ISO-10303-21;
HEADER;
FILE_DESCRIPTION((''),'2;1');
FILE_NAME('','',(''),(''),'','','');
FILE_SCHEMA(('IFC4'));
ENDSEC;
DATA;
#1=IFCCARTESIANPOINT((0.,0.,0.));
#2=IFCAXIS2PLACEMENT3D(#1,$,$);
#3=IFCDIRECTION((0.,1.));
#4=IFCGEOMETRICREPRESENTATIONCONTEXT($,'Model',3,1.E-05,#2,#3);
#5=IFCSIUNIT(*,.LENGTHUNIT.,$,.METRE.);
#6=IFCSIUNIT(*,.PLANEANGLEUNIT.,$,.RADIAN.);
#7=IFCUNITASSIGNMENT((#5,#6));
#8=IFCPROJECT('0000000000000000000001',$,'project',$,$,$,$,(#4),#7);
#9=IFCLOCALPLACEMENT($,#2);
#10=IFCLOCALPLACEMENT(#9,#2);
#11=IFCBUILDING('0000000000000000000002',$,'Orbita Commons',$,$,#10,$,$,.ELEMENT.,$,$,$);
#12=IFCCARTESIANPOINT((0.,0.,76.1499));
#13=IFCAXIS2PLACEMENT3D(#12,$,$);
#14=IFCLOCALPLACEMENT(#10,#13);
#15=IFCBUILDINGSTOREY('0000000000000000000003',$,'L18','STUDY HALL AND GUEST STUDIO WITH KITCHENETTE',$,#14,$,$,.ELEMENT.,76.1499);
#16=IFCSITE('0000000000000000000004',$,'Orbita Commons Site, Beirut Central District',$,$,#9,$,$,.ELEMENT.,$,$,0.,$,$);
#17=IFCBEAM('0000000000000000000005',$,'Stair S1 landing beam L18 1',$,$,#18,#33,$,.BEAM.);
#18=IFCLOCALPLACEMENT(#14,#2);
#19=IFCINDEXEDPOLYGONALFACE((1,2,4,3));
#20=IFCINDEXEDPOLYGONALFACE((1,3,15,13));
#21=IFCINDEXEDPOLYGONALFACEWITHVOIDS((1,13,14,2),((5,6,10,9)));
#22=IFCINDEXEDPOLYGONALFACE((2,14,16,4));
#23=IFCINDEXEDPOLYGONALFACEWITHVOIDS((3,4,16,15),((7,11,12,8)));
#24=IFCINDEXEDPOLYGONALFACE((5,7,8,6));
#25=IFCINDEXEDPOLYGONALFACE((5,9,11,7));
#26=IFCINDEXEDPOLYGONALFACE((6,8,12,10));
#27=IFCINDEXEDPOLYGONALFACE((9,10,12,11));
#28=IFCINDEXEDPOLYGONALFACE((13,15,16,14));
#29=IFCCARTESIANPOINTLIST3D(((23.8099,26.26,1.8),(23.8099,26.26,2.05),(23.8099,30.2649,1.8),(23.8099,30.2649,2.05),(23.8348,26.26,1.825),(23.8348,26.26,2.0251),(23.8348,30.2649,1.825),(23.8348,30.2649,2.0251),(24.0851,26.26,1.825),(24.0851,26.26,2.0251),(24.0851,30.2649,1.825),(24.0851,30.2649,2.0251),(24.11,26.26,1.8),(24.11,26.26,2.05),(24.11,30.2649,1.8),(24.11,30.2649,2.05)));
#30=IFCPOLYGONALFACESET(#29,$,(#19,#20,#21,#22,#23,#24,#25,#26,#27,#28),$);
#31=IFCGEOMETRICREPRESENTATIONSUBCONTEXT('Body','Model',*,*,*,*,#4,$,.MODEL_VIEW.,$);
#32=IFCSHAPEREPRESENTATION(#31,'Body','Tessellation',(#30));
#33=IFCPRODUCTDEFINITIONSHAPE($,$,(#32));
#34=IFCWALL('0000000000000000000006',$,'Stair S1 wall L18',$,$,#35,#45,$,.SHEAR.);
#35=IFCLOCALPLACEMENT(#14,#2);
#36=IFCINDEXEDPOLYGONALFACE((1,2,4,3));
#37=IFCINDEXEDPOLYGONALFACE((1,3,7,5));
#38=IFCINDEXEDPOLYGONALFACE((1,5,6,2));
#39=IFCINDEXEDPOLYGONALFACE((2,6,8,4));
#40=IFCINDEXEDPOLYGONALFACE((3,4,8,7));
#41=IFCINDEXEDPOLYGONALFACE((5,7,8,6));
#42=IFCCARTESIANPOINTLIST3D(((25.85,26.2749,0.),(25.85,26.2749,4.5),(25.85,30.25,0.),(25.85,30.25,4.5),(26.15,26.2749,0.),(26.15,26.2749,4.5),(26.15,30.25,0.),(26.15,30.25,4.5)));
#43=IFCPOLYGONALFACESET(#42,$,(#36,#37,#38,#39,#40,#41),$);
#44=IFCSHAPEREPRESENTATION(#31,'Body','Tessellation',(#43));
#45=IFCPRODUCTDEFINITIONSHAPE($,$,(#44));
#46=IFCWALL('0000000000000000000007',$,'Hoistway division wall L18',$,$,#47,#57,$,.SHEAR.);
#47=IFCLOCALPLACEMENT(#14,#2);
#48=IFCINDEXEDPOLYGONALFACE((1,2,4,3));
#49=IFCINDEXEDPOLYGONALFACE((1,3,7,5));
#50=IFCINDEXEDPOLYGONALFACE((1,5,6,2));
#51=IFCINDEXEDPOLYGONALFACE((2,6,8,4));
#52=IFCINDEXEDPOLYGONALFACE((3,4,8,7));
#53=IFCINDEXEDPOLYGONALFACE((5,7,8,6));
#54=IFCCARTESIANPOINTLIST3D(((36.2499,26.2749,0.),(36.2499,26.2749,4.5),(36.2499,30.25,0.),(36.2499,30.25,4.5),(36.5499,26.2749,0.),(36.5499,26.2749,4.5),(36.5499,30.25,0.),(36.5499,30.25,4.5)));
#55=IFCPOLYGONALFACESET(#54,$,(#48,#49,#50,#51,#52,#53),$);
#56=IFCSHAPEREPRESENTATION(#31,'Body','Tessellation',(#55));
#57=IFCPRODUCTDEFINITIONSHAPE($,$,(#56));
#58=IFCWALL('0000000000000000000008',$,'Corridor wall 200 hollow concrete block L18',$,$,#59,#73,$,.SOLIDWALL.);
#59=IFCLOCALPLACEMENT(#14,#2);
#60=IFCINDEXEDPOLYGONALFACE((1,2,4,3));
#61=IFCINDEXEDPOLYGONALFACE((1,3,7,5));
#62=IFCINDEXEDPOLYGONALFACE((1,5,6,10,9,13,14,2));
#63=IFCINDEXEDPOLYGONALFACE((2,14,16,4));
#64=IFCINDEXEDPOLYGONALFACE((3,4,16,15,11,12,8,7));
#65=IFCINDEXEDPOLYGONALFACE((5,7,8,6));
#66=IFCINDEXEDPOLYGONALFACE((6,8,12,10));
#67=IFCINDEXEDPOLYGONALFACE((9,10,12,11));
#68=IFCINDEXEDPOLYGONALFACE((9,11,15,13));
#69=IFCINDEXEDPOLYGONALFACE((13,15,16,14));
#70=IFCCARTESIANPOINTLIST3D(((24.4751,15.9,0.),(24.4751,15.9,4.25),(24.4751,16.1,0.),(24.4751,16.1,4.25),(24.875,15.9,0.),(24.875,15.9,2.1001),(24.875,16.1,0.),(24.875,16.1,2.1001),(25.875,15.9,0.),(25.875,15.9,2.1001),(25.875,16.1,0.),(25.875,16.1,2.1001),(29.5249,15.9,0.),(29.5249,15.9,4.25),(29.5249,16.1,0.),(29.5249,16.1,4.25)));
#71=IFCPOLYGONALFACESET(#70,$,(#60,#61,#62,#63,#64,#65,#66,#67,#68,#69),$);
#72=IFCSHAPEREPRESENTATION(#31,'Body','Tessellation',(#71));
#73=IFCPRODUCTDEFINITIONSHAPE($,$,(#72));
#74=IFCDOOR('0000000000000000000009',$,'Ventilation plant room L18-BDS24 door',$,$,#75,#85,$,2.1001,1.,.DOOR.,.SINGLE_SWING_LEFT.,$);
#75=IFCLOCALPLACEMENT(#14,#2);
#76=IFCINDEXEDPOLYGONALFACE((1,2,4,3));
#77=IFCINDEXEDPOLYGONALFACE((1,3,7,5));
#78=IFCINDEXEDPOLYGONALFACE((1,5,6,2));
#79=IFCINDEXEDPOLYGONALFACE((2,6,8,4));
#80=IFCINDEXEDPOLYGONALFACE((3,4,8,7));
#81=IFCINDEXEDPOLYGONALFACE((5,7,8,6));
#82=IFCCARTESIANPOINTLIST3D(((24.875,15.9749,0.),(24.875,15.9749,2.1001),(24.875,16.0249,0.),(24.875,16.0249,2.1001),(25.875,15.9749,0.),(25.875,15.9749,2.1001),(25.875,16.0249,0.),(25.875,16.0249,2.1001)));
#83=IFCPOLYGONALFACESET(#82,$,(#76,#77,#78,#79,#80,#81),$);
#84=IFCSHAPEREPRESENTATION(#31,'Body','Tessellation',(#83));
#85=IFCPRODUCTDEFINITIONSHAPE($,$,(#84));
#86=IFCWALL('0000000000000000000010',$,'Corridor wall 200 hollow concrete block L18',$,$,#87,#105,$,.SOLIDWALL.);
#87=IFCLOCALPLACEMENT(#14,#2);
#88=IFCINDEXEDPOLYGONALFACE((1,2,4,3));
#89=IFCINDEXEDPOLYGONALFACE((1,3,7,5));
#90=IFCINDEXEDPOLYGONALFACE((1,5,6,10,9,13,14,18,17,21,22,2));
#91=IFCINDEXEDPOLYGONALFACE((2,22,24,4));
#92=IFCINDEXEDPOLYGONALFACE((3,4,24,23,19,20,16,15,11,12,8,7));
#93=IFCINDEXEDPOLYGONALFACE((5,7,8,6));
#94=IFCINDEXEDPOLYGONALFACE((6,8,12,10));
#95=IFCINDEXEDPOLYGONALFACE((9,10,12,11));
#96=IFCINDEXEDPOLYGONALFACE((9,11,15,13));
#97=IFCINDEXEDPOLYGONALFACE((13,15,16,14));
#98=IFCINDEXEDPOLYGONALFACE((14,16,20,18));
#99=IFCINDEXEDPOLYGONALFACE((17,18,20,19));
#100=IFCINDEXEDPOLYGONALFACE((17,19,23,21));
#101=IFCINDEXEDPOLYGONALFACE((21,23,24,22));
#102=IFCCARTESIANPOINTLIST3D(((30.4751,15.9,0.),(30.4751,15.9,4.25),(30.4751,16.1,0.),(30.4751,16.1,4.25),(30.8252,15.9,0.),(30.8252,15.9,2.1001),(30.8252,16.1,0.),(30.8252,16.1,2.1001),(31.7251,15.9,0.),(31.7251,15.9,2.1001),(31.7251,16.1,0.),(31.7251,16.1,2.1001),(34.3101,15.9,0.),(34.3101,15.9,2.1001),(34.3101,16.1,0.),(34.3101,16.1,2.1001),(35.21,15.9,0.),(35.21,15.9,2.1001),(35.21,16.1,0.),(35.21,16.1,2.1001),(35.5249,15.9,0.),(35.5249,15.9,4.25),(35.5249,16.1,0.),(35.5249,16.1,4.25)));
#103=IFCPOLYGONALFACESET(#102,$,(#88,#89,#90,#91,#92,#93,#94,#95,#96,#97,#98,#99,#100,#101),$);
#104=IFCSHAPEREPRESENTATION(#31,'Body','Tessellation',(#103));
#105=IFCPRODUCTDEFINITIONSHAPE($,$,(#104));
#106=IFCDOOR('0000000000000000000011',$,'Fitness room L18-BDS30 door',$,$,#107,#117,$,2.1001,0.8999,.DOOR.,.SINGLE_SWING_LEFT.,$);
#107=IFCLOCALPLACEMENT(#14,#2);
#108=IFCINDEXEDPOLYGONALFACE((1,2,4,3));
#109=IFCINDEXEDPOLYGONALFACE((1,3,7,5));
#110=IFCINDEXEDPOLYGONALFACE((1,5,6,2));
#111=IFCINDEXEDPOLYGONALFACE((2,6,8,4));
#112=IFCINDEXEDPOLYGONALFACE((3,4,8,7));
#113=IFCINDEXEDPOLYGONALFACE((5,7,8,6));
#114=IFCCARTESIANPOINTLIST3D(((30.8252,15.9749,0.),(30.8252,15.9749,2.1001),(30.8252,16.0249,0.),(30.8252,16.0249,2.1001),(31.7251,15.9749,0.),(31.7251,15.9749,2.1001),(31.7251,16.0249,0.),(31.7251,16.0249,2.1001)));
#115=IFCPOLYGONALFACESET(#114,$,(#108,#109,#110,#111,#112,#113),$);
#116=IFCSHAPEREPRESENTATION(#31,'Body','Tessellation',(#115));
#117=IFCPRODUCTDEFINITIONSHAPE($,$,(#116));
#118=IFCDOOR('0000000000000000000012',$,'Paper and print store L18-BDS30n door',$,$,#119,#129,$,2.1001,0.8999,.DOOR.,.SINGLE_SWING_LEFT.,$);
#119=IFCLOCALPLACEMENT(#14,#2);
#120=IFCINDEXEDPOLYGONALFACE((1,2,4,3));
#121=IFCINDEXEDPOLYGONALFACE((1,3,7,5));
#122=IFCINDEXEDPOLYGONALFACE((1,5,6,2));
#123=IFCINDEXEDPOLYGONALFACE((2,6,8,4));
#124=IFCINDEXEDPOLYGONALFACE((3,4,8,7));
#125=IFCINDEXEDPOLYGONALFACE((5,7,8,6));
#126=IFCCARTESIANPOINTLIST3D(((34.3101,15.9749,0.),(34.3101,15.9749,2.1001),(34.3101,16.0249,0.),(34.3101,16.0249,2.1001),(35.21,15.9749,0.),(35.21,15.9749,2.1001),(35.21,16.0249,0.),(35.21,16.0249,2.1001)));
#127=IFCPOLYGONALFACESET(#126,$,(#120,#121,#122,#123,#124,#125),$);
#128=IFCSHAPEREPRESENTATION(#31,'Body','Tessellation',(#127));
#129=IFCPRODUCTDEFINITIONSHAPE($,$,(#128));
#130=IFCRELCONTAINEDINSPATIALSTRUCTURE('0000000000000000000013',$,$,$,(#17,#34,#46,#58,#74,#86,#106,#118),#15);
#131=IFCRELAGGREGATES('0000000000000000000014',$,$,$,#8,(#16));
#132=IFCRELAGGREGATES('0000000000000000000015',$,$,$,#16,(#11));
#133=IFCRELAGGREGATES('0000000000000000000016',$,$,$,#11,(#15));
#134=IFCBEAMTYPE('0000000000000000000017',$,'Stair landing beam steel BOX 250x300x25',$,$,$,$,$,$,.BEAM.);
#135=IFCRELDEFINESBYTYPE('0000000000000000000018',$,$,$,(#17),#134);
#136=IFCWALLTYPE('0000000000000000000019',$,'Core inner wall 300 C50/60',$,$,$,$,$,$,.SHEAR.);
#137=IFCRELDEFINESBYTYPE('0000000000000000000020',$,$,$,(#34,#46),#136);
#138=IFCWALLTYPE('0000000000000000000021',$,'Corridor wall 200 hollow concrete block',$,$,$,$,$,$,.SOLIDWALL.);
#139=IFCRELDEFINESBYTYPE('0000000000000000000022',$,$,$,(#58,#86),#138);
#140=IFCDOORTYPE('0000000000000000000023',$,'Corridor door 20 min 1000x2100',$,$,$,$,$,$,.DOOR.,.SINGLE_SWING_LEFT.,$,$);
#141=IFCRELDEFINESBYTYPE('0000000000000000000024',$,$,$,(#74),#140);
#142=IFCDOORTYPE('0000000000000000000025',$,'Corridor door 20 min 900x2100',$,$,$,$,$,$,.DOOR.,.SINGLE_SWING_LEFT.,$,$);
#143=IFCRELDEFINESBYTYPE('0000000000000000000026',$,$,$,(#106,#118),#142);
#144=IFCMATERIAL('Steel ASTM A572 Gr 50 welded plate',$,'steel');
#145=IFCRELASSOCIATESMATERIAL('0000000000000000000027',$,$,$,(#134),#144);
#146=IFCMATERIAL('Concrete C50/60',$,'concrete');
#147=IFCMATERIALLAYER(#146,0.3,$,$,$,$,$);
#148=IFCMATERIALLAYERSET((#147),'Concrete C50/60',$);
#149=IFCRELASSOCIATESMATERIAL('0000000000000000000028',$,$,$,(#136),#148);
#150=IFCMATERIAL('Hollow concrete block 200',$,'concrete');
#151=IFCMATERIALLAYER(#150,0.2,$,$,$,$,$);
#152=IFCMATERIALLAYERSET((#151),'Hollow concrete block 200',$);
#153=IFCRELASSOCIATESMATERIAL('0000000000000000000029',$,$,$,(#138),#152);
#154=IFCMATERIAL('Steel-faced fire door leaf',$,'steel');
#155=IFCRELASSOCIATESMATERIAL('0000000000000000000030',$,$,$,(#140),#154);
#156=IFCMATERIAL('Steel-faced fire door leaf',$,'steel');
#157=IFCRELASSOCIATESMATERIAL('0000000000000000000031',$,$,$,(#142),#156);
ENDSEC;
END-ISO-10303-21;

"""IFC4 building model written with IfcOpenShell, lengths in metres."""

from ifc_helpers import new_model, si_unit, direction, frame, frame_2d, origin, origin_2d, place, context, subcontext, project, spatial, rectangle, hollow_rectangle, extrude, material, layer, layer_set, material_profile, profile_set, type_object, element, fill, save


model = new_model("IFC4")

# Units and contexts
model_context = context("Model", 3, precision=1e-05, world=origin(), true_north=direction((0.0, 1.0)))
body_context = subcontext(model_context, "Body", "Model", "MODEL_VIEW")
ifc_project = project(units=[si_unit("LENGTHUNIT", "METRE"), si_unit("PLANEANGLEUNIT", "RADIAN")], contexts=[model_context])

# Site, building, storey
site_placement = place(None, origin())
site = spatial("IfcSite", under=ifc_project, at=site_placement, Name="Orbita Commons Site, Beirut Central District", CompositionType="ELEMENT", RefElevation=0.0)
building_placement = place(site_placement, origin())
building = spatial("IfcBuilding", under=site, at=building_placement, Name="Orbita Commons", CompositionType="ELEMENT")
storey_placement = place(building_placement, frame((0.0, 0.0, 76.1499)))
storey = spatial("IfcBuildingStorey", under=building, at=storey_placement, Name="L18", Description="STUDY HALL AND GUEST STUDIO WITH KITCHENETTE", CompositionType="ELEMENT", Elevation=76.1499)

# Beam
ifc_material_1 = material(Name="Steel ASTM A572 Gr 50 welded plate", Category="steel")
ifc_material_profile = material_profile(ifc_material_1, hollow_rectangle(XDim=0.3, YDim=0.25, WallThickness=0.0249, at=origin_2d()), Name="BOX 250x300x25")
ifc_profile_set = profile_set([ifc_material_profile], Name="Steel ASTM A572 Gr 50 welded plate")
beam_type = type_object("IfcBeamType", Name="Stair landing beam steel BOX 250x300x25", PredefinedType="BEAM", material=ifc_profile_set)
beam_placement = place(storey_placement, frame((23.96, 26.26, 1.925), z_axis=(0.0, 1.0, 0.0), x_axis=(-1.0, 0.0, 0.0)))
element("IfcBeam", 1, at=beam_placement, inside=storey, type_object=beam_type, Name="Stair S1 landing beam L18 1", PredefinedType="BEAM", context=body_context, shape_type="SweptSolid", body=[
    extrude(hollow_rectangle(XDim=0.3, YDim=0.25, WallThickness=0.0249, at=origin_2d()), origin(), (0.0, 0.0, 1.0), 4.0049),
])

# Walls
ifc_material_2 = material(Name="Concrete C50/60", Category="concrete")
ifc_layer_1 = layer(ifc_material_2, 0.3)
ifc_layer_set_1 = layer_set([ifc_layer_1], Name="Concrete C50/60")
wall_type_1 = type_object("IfcWallType", Name="Core inner wall 300 C50/60", PredefinedType="SHEAR", material=ifc_layer_set_1)
for number, where, z_axis, x_axis, name in (
    (2, (26.0, 26.2749, 0.0), (0.0, 0.0, 1.0), (0.0, 1.0, 0.0), "Stair S1 wall L18"),
    (3, (36.3999, 26.2749, 0.0), (0.0, 0.0, 1.0), (0.0, 1.0, 0.0), "Hoistway division wall L18"),
):
    element("IfcWall", number, at=place(storey_placement, frame(where, z_axis=z_axis, x_axis=x_axis)), inside=storey, type_object=wall_type_1, Name=name, PredefinedType="SHEAR", context=body_context, shape_type="SweptSolid", body=[
        extrude(rectangle(XDim=3.9751, YDim=0.3, at=frame_2d((1.9875, 0.0))), origin(), (0.0, 0.0, 1.0), 4.5),
    ])

# Wall, opening, door
ifc_material_3 = material(Name="Hollow concrete block 200", Category="concrete")
ifc_layer_2 = layer(ifc_material_3, 0.2)
ifc_layer_set_2 = layer_set([ifc_layer_2], Name="Hollow concrete block 200")
wall_type_2 = type_object("IfcWallType", Name="Corridor wall 200 hollow concrete block", PredefinedType="SOLIDWALL", material=ifc_layer_set_2)
wall_1_placement = place(storey_placement, frame((24.4751, 16.0, 0.0), z_axis=(0.0, 0.0, 1.0), x_axis=(1.0, 0.0, 0.0)))
wall_1 = element("IfcWall", 4, at=wall_1_placement, inside=storey, type_object=wall_type_2, Name="Corridor wall 200 hollow concrete block L18", PredefinedType="SOLIDWALL", context=body_context, shape_type="SweptSolid", body=[
    extrude(rectangle(XDim=5.0498, YDim=0.2, at=frame_2d((2.5249, 0.0))), origin(), (0.0, 0.0, 1.0), 4.25),
])
opening_1_placement = place(wall_1_placement, frame((0.3999, 0.0, 0.0)))
opening_1 = element("IfcOpeningElement", 5, at=opening_1_placement, cuts=wall_1, PredefinedType="OPENING", context=body_context, shape_type="SweptSolid", body=[
    extrude(rectangle(XDim=1.0, YDim=2.1001, at=frame_2d((0.5, 1.05))), frame((0.0, 0.1099, 0.0), z_axis=(0.0, -1.0, 0.0), x_axis=(1.0, 0.0, 0.0)), (0.0, 0.0, 1.0), 0.22),
])
ifc_material_4 = material(Name="Steel-faced fire door leaf", Category="steel")
door_type_1 = type_object("IfcDoorType", Name="Corridor door 20 min 1000x2100", OperationType="SINGLE_SWING_LEFT", PredefinedType="DOOR", material=ifc_material_4)
door_1_placement = place(opening_1_placement, origin())
door_1 = element("IfcDoor", 6, at=door_1_placement, inside=storey, type_object=door_type_1, Name="Ventilation plant room L18-BDS24 door", OperationType="SINGLE_SWING_LEFT", OverallHeight=2.1001, OverallWidth=1.0, PredefinedType="DOOR", context=body_context, shape_type="SweptSolid", body=[
    extrude(rectangle(XDim=1.0, YDim=2.1001, at=frame_2d((0.5, 1.05))), frame((0.0, 0.0249, 0.0), z_axis=(0.0, -1.0, 0.0), x_axis=(1.0, 0.0, 0.0)), (0.0, 0.0, 1.0), 0.05),
])
fill(opening_1, door_1)

# Wall, openings, doors
wall_2_placement = place(storey_placement, frame((30.4751, 16.0, 0.0), z_axis=(0.0, 0.0, 1.0), x_axis=(1.0, 0.0, 0.0)))
wall_2 = element("IfcWall", 7, at=wall_2_placement, inside=storey, type_object=wall_type_2, Name="Corridor wall 200 hollow concrete block L18", PredefinedType="SOLIDWALL", context=body_context, shape_type="SweptSolid", body=[
    extrude(rectangle(XDim=5.0498, YDim=0.2, at=frame_2d((2.5249, 0.0))), origin(), (0.0, 0.0, 1.0), 4.25),
])
opening_2_placement = place(wall_2_placement, frame((0.3501, 0.0, 0.0)))
opening_2 = element("IfcOpeningElement", 8, at=opening_2_placement, cuts=wall_2, PredefinedType="OPENING", context=body_context, shape_type="SweptSolid", body=[
    extrude(rectangle(XDim=0.8999, YDim=2.1001, at=frame_2d((0.45, 1.05))), frame((0.0, 0.1099, 0.0), z_axis=(0.0, -1.0, 0.0), x_axis=(1.0, 0.0, 0.0)), (0.0, 0.0, 1.0), 0.22),
])
opening_3_placement = place(wall_2_placement, frame((3.835, 0.0, 0.0)))
opening_3 = element("IfcOpeningElement", 9, at=opening_3_placement, cuts=wall_2, PredefinedType="OPENING", context=body_context, shape_type="SweptSolid", body=[
    extrude(rectangle(XDim=0.8999, YDim=2.1001, at=frame_2d((0.45, 1.05))), frame((0.0, 0.1099, 0.0), z_axis=(0.0, -1.0, 0.0), x_axis=(1.0, 0.0, 0.0)), (0.0, 0.0, 1.0), 0.22),
])
ifc_material_5 = material(Name="Steel-faced fire door leaf", Category="steel")
door_type_2 = type_object("IfcDoorType", Name="Corridor door 20 min 900x2100", OperationType="SINGLE_SWING_LEFT", PredefinedType="DOOR", material=ifc_material_5)
door_2_placement = place(opening_2_placement, origin())
door_2 = element("IfcDoor", 10, at=door_2_placement, inside=storey, type_object=door_type_2, Name="Fitness room L18-BDS30 door", OperationType="SINGLE_SWING_LEFT", OverallHeight=2.1001, OverallWidth=0.8999, PredefinedType="DOOR", context=body_context, shape_type="SweptSolid", body=[
    extrude(rectangle(XDim=0.8999, YDim=2.1001, at=frame_2d((0.45, 1.05))), frame((0.0, 0.0249, 0.0), z_axis=(0.0, -1.0, 0.0), x_axis=(1.0, 0.0, 0.0)), (0.0, 0.0, 1.0), 0.05),
])
fill(opening_2, door_2)
door_3_placement = place(opening_3_placement, origin())
door_3 = element("IfcDoor", 11, at=door_3_placement, inside=storey, type_object=door_type_2, Name="Paper and print store L18-BDS30n door", OperationType="SINGLE_SWING_LEFT", OverallHeight=2.1001, OverallWidth=0.8999, PredefinedType="DOOR", context=body_context, shape_type="SweptSolid", body=[
    extrude(rectangle(XDim=0.8999, YDim=2.1001, at=frame_2d((0.45, 1.05))), frame((0.0, 0.0249, 0.0), z_axis=(0.0, -1.0, 0.0), x_axis=(1.0, 0.0, 0.0)), (0.0, 0.0, 1.0), 0.05),
])
fill(opening_3, door_3)

save(model, "model.ifc")
